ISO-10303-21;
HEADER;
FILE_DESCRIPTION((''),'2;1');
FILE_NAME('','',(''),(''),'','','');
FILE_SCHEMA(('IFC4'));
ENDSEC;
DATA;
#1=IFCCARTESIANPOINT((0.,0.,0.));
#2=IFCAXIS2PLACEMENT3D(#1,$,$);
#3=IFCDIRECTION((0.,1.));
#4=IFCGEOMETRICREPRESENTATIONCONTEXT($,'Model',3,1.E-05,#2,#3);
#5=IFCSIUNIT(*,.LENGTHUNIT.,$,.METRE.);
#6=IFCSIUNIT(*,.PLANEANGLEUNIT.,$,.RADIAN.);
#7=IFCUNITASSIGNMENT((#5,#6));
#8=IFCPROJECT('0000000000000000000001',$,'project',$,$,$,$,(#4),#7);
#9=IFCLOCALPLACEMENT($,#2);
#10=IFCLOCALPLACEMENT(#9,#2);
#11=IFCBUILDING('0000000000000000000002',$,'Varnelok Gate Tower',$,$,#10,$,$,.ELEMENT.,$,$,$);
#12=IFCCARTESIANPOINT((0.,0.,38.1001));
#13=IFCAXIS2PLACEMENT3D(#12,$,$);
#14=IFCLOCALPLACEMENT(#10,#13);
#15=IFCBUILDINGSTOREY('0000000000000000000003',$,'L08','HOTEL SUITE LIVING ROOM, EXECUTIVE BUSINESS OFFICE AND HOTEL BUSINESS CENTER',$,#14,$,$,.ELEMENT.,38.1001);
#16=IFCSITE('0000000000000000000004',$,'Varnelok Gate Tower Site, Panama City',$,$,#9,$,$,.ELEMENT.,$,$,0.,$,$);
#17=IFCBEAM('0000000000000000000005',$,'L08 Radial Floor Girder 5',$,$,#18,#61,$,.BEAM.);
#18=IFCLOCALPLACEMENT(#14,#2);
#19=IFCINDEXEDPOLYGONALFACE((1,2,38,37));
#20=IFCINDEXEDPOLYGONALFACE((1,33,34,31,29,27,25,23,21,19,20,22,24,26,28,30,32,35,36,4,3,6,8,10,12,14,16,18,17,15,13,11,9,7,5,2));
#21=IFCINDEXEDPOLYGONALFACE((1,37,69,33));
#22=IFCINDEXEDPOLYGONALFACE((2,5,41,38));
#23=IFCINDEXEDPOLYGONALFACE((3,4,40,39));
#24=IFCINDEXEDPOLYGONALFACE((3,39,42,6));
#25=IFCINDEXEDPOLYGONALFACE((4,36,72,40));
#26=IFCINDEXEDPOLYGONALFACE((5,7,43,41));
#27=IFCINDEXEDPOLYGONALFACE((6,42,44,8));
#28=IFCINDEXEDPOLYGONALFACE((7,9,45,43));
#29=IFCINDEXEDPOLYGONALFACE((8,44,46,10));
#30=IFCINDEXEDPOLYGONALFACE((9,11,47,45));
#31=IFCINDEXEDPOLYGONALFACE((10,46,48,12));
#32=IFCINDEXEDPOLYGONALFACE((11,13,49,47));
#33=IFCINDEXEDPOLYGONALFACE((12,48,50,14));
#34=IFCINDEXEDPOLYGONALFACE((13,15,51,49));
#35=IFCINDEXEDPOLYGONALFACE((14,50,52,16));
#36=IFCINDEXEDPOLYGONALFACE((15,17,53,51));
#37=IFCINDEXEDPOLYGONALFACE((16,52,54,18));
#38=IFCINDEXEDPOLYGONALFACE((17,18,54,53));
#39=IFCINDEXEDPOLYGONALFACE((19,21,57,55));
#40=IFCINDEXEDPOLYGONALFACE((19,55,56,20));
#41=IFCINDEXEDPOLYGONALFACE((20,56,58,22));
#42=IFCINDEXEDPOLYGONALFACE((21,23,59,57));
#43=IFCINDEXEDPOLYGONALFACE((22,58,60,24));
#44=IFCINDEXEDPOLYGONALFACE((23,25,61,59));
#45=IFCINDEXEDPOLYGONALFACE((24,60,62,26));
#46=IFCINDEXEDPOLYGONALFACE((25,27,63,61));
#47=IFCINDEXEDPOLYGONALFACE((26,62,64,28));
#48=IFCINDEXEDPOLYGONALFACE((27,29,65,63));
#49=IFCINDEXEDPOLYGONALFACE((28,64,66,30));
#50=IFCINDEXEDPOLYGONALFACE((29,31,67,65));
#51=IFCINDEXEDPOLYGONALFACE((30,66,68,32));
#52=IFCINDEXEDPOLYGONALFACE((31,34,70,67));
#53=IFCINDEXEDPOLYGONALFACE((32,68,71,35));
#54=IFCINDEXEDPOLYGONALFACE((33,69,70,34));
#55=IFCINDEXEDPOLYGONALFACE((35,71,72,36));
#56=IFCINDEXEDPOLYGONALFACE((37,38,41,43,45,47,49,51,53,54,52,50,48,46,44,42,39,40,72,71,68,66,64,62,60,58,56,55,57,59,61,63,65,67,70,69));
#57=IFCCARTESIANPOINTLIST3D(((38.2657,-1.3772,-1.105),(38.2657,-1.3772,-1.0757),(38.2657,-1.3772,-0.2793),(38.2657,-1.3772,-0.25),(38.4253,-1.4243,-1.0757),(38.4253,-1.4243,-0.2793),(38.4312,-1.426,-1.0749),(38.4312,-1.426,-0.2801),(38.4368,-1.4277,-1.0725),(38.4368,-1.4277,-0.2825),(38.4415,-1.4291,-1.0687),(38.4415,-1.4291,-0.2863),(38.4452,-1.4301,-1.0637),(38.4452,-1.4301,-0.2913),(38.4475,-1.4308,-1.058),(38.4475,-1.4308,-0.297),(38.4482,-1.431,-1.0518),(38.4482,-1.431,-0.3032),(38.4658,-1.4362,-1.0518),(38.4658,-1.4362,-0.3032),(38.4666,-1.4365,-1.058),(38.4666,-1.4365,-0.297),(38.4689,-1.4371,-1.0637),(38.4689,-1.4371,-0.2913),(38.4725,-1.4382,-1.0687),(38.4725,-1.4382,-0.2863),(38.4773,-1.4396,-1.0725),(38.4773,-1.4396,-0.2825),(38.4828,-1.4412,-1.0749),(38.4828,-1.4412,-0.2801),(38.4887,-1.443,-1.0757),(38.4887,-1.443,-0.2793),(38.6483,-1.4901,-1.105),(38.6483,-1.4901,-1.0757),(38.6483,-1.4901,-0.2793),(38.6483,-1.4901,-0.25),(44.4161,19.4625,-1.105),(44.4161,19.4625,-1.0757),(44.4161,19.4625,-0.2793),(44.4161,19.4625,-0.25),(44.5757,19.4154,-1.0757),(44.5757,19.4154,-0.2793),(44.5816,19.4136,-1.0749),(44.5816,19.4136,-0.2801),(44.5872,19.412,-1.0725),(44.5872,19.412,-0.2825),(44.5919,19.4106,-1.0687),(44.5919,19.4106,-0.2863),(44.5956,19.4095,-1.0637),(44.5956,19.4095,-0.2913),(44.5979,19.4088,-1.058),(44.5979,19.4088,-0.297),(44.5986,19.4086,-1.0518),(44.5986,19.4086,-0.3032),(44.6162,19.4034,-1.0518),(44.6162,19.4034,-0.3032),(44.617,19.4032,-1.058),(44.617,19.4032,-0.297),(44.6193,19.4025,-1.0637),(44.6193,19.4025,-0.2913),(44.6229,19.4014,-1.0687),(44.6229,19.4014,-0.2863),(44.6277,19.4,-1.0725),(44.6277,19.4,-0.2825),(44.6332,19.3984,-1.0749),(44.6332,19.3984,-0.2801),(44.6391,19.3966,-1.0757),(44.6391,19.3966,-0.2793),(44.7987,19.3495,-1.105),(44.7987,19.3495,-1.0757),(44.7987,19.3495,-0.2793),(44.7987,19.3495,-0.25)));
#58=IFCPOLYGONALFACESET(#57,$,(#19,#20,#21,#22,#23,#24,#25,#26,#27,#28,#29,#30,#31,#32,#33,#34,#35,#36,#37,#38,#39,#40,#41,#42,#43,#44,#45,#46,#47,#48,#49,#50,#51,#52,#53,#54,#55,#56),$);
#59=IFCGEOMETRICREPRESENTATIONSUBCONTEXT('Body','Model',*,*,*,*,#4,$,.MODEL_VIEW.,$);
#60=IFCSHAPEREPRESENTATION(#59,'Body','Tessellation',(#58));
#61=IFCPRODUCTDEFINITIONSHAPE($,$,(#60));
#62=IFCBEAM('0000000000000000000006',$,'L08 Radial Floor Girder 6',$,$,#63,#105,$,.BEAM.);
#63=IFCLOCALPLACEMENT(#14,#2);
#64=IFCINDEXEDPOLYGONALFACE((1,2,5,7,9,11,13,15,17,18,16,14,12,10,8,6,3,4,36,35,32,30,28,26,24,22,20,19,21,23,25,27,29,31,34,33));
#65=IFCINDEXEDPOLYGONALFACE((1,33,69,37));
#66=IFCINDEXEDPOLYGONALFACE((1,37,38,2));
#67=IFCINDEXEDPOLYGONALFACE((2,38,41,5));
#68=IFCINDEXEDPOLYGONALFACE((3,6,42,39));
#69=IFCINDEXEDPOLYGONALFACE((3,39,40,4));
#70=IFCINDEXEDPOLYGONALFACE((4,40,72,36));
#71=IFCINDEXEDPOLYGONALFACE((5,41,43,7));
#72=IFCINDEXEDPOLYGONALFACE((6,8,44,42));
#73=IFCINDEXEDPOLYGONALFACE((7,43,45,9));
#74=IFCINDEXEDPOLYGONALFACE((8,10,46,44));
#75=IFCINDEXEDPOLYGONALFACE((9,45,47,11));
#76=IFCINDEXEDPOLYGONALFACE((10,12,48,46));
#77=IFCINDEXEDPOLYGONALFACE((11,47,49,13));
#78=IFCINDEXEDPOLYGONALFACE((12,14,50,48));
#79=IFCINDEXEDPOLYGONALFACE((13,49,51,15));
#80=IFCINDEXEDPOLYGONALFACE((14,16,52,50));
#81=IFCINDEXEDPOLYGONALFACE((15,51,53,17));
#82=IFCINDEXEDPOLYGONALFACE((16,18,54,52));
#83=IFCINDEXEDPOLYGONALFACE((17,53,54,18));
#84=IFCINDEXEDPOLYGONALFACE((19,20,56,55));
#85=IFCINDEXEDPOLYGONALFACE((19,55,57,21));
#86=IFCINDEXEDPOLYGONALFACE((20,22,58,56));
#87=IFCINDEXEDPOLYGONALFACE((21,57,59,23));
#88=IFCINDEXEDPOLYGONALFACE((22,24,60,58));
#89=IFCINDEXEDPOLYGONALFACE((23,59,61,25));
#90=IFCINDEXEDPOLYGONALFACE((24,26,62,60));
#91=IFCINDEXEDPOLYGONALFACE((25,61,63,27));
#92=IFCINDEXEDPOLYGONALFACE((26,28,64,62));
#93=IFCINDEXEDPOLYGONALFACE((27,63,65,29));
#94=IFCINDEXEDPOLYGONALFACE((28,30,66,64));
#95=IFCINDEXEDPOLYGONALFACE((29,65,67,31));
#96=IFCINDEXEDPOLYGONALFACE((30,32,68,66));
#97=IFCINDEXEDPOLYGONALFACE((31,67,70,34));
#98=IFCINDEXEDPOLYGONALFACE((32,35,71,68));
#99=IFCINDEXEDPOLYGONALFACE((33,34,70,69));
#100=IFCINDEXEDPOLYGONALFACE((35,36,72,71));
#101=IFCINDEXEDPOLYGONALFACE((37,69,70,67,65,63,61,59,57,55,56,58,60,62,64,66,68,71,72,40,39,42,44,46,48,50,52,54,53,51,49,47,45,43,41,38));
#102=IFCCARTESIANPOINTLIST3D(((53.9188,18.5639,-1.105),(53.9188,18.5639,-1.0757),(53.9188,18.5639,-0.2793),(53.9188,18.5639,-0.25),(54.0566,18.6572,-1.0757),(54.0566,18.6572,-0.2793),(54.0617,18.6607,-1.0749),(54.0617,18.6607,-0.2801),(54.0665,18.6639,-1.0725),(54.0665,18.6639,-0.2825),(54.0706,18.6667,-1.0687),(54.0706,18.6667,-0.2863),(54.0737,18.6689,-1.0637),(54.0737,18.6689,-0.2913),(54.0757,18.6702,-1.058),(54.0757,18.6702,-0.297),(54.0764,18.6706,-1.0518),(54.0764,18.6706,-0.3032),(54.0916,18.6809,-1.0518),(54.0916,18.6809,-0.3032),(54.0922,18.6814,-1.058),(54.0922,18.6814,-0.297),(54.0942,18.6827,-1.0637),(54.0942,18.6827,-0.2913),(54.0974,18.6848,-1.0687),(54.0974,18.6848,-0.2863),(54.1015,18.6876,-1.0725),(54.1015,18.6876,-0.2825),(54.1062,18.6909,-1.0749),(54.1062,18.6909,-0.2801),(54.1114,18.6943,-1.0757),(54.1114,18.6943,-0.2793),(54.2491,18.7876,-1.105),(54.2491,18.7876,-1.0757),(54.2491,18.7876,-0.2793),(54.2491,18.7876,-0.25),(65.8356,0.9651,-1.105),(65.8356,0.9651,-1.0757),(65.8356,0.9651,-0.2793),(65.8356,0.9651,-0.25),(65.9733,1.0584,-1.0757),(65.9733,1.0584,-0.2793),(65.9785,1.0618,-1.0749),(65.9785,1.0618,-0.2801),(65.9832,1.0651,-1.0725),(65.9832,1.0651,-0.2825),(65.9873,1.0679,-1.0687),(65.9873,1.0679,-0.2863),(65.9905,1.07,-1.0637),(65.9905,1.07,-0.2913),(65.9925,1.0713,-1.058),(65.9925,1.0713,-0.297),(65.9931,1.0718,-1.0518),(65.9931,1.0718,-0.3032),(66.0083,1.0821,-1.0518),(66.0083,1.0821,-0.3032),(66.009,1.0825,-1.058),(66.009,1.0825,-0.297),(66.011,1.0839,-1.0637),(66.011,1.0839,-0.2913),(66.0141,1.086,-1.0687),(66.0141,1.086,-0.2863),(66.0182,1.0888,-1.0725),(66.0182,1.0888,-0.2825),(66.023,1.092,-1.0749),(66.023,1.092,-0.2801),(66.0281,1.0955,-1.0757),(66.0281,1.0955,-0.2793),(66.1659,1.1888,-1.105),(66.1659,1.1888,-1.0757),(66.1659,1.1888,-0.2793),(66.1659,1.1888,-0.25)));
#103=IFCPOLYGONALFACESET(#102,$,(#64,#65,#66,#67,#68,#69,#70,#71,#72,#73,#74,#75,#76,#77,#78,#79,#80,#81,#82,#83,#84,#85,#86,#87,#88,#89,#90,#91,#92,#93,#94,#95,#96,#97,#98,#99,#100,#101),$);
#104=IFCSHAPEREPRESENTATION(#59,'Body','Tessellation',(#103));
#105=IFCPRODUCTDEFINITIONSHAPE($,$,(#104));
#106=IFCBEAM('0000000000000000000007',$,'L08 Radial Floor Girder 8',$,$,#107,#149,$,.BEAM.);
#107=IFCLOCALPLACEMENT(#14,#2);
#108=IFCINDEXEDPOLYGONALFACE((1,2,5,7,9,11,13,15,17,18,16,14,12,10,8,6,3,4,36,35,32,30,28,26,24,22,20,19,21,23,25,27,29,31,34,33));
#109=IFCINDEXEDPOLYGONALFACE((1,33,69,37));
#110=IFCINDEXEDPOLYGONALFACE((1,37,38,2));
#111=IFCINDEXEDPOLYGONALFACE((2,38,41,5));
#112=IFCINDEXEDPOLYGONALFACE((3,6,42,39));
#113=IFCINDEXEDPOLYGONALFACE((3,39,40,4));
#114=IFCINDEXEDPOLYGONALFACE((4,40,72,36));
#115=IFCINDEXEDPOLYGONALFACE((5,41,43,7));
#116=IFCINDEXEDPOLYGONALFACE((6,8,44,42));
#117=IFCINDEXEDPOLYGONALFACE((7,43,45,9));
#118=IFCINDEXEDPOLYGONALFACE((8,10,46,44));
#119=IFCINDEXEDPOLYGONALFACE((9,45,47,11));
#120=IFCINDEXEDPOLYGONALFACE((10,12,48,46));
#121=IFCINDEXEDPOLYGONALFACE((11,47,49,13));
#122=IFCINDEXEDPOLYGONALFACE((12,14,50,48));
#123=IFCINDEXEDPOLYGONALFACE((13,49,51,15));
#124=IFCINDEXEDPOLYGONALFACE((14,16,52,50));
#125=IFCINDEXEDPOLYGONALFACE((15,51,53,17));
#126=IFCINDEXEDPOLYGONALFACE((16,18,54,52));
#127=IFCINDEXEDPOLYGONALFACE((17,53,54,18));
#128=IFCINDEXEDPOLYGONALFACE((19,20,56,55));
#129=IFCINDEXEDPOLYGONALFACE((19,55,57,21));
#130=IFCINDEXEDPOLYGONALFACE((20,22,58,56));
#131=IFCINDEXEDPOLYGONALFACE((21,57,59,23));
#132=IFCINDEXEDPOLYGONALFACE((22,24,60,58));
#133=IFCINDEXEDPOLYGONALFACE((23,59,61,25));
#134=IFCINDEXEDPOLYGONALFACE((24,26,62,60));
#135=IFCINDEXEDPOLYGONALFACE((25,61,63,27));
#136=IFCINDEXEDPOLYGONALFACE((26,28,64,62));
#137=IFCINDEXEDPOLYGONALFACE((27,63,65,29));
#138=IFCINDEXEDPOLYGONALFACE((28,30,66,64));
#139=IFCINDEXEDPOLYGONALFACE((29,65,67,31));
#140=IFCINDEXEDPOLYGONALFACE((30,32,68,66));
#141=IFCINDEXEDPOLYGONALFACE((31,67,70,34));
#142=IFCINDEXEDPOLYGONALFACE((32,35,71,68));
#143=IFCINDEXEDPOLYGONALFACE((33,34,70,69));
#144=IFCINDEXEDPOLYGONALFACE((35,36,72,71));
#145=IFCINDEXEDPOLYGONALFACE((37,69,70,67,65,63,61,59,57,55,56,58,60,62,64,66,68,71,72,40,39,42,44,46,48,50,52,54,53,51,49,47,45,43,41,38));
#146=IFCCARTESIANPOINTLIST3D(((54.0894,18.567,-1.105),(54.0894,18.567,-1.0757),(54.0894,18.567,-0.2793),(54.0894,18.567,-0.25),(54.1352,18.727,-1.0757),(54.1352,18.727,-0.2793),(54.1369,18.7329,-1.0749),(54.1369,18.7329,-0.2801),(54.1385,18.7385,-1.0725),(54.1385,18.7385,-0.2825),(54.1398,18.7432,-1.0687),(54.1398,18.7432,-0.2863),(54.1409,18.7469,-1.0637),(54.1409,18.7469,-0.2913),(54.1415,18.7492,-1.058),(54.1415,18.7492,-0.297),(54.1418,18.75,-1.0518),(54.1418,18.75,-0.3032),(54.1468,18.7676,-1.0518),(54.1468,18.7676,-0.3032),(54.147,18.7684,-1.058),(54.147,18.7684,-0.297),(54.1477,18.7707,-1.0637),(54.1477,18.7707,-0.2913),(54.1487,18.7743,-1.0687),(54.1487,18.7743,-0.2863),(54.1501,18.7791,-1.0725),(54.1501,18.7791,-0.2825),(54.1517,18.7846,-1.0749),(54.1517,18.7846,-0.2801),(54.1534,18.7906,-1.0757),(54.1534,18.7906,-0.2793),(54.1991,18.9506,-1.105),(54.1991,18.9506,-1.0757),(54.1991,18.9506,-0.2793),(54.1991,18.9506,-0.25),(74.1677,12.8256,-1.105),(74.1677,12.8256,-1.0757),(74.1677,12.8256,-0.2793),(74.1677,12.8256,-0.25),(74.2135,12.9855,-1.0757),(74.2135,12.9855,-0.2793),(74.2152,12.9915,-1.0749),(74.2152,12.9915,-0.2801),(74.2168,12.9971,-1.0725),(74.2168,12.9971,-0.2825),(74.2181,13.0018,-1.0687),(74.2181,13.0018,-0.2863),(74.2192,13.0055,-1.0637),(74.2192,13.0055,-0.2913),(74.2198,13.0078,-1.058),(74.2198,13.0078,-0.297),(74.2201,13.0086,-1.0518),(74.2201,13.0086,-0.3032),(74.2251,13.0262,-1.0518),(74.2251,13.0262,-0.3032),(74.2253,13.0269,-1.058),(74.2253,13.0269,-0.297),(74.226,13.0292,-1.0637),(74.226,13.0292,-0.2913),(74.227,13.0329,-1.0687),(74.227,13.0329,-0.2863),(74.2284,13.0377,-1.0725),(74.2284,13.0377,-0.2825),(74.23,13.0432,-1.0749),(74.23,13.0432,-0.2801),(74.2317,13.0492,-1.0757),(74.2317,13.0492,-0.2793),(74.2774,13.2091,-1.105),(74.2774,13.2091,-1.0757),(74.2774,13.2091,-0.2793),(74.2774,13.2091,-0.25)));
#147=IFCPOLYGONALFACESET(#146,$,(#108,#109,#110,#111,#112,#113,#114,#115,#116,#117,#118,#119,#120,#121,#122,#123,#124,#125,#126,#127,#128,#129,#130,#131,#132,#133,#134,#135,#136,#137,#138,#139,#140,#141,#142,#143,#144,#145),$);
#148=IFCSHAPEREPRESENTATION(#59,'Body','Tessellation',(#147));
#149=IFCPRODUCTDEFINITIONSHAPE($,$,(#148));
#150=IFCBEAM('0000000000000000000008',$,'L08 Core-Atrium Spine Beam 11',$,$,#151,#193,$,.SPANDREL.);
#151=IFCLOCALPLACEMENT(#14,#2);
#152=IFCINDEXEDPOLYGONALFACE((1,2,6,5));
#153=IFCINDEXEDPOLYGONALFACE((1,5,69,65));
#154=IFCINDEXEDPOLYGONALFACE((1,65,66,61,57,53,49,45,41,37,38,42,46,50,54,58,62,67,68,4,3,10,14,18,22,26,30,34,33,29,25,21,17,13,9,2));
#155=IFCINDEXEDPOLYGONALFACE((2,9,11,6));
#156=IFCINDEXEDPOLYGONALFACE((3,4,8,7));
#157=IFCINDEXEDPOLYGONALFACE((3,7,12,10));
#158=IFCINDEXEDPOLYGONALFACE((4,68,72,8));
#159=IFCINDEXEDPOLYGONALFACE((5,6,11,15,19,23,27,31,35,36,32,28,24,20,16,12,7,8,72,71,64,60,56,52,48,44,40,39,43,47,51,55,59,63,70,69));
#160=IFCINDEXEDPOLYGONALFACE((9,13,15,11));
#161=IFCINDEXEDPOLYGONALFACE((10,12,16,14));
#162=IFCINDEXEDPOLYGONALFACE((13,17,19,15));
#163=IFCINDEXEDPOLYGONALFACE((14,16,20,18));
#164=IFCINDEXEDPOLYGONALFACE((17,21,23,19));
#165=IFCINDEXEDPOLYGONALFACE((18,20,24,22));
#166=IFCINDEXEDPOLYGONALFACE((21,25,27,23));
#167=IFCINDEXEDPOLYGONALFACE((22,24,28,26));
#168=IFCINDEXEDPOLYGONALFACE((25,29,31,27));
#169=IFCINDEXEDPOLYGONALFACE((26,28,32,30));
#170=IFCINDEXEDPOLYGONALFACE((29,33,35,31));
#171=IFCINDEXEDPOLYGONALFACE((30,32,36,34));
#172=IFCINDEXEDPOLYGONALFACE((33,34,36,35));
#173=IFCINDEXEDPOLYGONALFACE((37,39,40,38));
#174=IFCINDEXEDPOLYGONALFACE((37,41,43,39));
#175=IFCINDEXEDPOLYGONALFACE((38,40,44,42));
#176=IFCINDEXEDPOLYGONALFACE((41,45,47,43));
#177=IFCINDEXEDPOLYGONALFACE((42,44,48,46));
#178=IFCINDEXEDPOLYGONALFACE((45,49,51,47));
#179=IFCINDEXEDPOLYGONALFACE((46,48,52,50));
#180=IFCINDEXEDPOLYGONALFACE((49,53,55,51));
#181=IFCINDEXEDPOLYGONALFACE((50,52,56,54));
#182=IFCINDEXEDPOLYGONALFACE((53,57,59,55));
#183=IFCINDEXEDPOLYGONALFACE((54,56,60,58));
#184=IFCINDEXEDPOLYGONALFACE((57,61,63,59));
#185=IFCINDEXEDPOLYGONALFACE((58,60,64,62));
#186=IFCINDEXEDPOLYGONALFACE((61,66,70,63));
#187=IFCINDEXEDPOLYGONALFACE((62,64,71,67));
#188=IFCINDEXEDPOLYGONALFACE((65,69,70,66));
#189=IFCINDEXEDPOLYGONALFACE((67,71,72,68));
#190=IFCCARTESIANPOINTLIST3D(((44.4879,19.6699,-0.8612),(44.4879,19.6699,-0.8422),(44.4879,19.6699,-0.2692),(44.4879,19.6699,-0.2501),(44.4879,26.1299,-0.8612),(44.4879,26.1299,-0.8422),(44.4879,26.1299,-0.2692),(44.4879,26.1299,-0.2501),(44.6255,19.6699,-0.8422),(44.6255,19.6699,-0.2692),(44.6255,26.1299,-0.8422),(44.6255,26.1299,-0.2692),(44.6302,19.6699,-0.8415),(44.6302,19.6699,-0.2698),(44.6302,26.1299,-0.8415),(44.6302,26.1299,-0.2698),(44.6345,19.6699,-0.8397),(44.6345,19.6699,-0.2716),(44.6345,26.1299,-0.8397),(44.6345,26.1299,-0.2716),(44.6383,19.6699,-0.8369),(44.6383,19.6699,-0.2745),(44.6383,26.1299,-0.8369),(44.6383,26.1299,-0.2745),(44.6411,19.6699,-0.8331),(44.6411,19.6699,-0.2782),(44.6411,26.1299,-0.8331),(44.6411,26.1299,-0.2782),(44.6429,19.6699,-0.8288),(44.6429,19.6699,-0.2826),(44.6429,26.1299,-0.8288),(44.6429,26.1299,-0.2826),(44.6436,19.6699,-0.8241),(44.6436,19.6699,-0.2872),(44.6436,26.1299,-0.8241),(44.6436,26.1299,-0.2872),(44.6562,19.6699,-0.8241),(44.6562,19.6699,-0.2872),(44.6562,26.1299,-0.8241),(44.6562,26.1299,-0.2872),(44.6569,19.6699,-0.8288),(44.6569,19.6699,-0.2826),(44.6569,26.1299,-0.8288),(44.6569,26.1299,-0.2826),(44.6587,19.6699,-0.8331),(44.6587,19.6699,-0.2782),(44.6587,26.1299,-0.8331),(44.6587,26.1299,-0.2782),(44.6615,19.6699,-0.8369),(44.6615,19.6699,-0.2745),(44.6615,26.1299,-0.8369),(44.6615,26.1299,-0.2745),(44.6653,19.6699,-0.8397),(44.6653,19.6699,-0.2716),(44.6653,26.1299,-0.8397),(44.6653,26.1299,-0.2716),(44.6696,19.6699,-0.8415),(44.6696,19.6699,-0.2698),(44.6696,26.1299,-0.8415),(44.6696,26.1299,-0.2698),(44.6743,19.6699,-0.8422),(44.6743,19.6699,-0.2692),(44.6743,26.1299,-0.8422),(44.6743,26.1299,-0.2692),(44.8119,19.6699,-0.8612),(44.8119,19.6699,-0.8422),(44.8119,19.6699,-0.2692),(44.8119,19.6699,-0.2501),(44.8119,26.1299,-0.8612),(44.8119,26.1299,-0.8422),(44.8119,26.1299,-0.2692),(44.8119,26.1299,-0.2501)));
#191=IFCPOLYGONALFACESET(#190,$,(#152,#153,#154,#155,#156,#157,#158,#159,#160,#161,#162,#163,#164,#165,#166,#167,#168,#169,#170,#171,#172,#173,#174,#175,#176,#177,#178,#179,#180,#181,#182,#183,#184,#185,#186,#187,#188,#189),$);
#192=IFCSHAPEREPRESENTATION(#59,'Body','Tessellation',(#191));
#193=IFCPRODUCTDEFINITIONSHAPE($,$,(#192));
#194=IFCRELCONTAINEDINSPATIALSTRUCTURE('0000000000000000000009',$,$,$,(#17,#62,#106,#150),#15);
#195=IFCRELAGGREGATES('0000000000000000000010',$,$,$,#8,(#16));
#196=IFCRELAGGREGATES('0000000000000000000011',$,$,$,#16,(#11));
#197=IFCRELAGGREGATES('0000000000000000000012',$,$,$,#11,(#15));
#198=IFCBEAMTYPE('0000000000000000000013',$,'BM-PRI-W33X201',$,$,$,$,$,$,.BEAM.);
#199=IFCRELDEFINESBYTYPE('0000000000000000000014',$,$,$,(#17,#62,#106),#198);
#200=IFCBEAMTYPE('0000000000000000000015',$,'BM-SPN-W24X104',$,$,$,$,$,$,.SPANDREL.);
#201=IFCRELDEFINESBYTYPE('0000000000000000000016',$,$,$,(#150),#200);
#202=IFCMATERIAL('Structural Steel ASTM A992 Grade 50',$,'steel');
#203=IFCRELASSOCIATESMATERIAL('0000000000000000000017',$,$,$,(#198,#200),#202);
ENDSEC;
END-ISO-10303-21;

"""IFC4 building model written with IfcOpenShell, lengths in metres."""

from ifc_helpers import new_model, si_unit, direction, frame, origin, origin_2d, place, context, subcontext, project, spatial, i_section, extrude, material, material_profile, profile_set, type_object, element, save


model = new_model("IFC4")

# Units and contexts
model_context = context("Model", 3, precision=1e-05, world=origin(), true_north=direction((0.0, 1.0)))
body_context = subcontext(model_context, "Body", "Model", "MODEL_VIEW")
ifc_project = project(units=[si_unit("LENGTHUNIT", "METRE"), si_unit("PLANEANGLEUNIT", "RADIAN")], contexts=[model_context])

# Site, building, storey
site_placement = place(None, origin())
site = spatial("IfcSite", under=ifc_project, at=site_placement, Name="Varnelok Gate Tower Site, Panama City", CompositionType="ELEMENT", RefElevation=0.0)
building_placement = place(site_placement, origin())
building = spatial("IfcBuilding", under=site, at=building_placement, Name="Varnelok Gate Tower", CompositionType="ELEMENT")
storey_placement = place(building_placement, frame((0.0, 0.0, 38.1001)))
storey = spatial("IfcBuildingStorey", under=building, at=storey_placement, Name="L08", Description="HOTEL SUITE LIVING ROOM, EXECUTIVE BUSINESS OFFICE AND HOTEL BUSINESS CENTER", CompositionType="ELEMENT", Elevation=38.1001)

# Shared definitions
ifc_material_1 = material(Name="Structural Steel ASTM A992 Grade 50", Category="steel")

# Beams
ifc_material_profile_1 = material_profile(ifc_material_1, i_section(OverallWidth=0.3989, OverallDepth=0.855, WebThickness=0.0183, FlangeThickness=0.0293, FilletRadius=0.0239, at=origin_2d()), Name="W33X201")
ifc_profile_set_1 = profile_set([ifc_material_profile_1], Name="Structural Steel ASTM A992 Grade 50")
beam_type_1 = type_object("IfcBeamType", Name="BM-PRI-W33X201", PredefinedType="BEAM", material=ifc_profile_set_1)
beam_1_placement = place(storey_placement, frame((44.6074, 19.406, -0.6775), z_axis=(-0.28306, -0.959102, 0.0), x_axis=(0.959102, -0.28306, 0.0)))
element("IfcBeam", 1, at=beam_1_placement, inside=storey, type_object=beam_type_1, Name="L08 Radial Floor Girder 5", PredefinedType="BEAM", context=body_context, shape_type="SweptSolid", body=[
    extrude(i_section(OverallWidth=0.3989, OverallDepth=0.855, WebThickness=0.0183, FlangeThickness=0.0293, FilletRadius=0.0239, at=origin_2d()), origin(), (0.0, 0.0, 1.0), 21.7283),
])
beam_2_placement = place(storey_placement, frame((54.084, 18.6758, -0.6775), z_axis=(0.560685, -0.828029, 0.0), x_axis=(0.828029, 0.560685, 0.0)))
element("IfcBeam", 2, at=beam_2_placement, inside=storey, type_object=beam_type_1, Name="L08 Radial Floor Girder 6", PredefinedType="BEAM", context=body_context, shape_type="SweptSolid", body=[
    extrude(i_section(OverallWidth=0.3989, OverallDepth=0.855, WebThickness=0.0183, FlangeThickness=0.0293, FilletRadius=0.0239, at=origin_2d()), origin(), (0.0, 0.0, 1.0), 21.2539),
])
beam_3_placement = place(storey_placement, frame((54.1443, 18.7588, -0.6775), z_axis=(0.961463, -0.274933, 0.0), x_axis=(0.274933, 0.961463, 0.0)))
element("IfcBeam", 3, at=beam_3_placement, inside=storey, type_object=beam_type_1, Name="L08 Radial Floor Girder 8", PredefinedType="BEAM", context=body_context, shape_type="SweptSolid", body=[
    extrude(i_section(OverallWidth=0.3989, OverallDepth=0.855, WebThickness=0.0183, FlangeThickness=0.0293, FilletRadius=0.0239, at=origin_2d()), origin(), (0.0, 0.0, 1.0), 20.8831),
])
ifc_material_profile_2 = material_profile(ifc_material_1, i_section(OverallWidth=0.324, OverallDepth=0.6111, WebThickness=0.0127, FlangeThickness=0.019, FilletRadius=0.0181, at=origin_2d()), Name="W24X104")
ifc_profile_set_2 = profile_set([ifc_material_profile_2], Name="Structural Steel ASTM A992 Grade 50")
beam_type_2 = type_object("IfcBeamType", Name="BM-SPN-W24X104", PredefinedType="SPANDREL", material=ifc_profile_set_2)
beam_4_placement = place(storey_placement, frame((44.6499, 19.6699, -0.5557), z_axis=(0.0, 1.0, 0.0), x_axis=(-1.0, 0.0, 0.0)))
element("IfcBeam", 4, at=beam_4_placement, inside=storey, type_object=beam_type_2, Name="L08 Core-Atrium Spine Beam 11", PredefinedType="SPANDREL", context=body_context, shape_type="SweptSolid", body=[
    extrude(i_section(OverallWidth=0.324, OverallDepth=0.6111, WebThickness=0.0127, FlangeThickness=0.019, FilletRadius=0.0181, at=origin_2d()), origin(), (0.0, 0.0, 1.0), 6.46),
])

save(model, "model.ifc")
